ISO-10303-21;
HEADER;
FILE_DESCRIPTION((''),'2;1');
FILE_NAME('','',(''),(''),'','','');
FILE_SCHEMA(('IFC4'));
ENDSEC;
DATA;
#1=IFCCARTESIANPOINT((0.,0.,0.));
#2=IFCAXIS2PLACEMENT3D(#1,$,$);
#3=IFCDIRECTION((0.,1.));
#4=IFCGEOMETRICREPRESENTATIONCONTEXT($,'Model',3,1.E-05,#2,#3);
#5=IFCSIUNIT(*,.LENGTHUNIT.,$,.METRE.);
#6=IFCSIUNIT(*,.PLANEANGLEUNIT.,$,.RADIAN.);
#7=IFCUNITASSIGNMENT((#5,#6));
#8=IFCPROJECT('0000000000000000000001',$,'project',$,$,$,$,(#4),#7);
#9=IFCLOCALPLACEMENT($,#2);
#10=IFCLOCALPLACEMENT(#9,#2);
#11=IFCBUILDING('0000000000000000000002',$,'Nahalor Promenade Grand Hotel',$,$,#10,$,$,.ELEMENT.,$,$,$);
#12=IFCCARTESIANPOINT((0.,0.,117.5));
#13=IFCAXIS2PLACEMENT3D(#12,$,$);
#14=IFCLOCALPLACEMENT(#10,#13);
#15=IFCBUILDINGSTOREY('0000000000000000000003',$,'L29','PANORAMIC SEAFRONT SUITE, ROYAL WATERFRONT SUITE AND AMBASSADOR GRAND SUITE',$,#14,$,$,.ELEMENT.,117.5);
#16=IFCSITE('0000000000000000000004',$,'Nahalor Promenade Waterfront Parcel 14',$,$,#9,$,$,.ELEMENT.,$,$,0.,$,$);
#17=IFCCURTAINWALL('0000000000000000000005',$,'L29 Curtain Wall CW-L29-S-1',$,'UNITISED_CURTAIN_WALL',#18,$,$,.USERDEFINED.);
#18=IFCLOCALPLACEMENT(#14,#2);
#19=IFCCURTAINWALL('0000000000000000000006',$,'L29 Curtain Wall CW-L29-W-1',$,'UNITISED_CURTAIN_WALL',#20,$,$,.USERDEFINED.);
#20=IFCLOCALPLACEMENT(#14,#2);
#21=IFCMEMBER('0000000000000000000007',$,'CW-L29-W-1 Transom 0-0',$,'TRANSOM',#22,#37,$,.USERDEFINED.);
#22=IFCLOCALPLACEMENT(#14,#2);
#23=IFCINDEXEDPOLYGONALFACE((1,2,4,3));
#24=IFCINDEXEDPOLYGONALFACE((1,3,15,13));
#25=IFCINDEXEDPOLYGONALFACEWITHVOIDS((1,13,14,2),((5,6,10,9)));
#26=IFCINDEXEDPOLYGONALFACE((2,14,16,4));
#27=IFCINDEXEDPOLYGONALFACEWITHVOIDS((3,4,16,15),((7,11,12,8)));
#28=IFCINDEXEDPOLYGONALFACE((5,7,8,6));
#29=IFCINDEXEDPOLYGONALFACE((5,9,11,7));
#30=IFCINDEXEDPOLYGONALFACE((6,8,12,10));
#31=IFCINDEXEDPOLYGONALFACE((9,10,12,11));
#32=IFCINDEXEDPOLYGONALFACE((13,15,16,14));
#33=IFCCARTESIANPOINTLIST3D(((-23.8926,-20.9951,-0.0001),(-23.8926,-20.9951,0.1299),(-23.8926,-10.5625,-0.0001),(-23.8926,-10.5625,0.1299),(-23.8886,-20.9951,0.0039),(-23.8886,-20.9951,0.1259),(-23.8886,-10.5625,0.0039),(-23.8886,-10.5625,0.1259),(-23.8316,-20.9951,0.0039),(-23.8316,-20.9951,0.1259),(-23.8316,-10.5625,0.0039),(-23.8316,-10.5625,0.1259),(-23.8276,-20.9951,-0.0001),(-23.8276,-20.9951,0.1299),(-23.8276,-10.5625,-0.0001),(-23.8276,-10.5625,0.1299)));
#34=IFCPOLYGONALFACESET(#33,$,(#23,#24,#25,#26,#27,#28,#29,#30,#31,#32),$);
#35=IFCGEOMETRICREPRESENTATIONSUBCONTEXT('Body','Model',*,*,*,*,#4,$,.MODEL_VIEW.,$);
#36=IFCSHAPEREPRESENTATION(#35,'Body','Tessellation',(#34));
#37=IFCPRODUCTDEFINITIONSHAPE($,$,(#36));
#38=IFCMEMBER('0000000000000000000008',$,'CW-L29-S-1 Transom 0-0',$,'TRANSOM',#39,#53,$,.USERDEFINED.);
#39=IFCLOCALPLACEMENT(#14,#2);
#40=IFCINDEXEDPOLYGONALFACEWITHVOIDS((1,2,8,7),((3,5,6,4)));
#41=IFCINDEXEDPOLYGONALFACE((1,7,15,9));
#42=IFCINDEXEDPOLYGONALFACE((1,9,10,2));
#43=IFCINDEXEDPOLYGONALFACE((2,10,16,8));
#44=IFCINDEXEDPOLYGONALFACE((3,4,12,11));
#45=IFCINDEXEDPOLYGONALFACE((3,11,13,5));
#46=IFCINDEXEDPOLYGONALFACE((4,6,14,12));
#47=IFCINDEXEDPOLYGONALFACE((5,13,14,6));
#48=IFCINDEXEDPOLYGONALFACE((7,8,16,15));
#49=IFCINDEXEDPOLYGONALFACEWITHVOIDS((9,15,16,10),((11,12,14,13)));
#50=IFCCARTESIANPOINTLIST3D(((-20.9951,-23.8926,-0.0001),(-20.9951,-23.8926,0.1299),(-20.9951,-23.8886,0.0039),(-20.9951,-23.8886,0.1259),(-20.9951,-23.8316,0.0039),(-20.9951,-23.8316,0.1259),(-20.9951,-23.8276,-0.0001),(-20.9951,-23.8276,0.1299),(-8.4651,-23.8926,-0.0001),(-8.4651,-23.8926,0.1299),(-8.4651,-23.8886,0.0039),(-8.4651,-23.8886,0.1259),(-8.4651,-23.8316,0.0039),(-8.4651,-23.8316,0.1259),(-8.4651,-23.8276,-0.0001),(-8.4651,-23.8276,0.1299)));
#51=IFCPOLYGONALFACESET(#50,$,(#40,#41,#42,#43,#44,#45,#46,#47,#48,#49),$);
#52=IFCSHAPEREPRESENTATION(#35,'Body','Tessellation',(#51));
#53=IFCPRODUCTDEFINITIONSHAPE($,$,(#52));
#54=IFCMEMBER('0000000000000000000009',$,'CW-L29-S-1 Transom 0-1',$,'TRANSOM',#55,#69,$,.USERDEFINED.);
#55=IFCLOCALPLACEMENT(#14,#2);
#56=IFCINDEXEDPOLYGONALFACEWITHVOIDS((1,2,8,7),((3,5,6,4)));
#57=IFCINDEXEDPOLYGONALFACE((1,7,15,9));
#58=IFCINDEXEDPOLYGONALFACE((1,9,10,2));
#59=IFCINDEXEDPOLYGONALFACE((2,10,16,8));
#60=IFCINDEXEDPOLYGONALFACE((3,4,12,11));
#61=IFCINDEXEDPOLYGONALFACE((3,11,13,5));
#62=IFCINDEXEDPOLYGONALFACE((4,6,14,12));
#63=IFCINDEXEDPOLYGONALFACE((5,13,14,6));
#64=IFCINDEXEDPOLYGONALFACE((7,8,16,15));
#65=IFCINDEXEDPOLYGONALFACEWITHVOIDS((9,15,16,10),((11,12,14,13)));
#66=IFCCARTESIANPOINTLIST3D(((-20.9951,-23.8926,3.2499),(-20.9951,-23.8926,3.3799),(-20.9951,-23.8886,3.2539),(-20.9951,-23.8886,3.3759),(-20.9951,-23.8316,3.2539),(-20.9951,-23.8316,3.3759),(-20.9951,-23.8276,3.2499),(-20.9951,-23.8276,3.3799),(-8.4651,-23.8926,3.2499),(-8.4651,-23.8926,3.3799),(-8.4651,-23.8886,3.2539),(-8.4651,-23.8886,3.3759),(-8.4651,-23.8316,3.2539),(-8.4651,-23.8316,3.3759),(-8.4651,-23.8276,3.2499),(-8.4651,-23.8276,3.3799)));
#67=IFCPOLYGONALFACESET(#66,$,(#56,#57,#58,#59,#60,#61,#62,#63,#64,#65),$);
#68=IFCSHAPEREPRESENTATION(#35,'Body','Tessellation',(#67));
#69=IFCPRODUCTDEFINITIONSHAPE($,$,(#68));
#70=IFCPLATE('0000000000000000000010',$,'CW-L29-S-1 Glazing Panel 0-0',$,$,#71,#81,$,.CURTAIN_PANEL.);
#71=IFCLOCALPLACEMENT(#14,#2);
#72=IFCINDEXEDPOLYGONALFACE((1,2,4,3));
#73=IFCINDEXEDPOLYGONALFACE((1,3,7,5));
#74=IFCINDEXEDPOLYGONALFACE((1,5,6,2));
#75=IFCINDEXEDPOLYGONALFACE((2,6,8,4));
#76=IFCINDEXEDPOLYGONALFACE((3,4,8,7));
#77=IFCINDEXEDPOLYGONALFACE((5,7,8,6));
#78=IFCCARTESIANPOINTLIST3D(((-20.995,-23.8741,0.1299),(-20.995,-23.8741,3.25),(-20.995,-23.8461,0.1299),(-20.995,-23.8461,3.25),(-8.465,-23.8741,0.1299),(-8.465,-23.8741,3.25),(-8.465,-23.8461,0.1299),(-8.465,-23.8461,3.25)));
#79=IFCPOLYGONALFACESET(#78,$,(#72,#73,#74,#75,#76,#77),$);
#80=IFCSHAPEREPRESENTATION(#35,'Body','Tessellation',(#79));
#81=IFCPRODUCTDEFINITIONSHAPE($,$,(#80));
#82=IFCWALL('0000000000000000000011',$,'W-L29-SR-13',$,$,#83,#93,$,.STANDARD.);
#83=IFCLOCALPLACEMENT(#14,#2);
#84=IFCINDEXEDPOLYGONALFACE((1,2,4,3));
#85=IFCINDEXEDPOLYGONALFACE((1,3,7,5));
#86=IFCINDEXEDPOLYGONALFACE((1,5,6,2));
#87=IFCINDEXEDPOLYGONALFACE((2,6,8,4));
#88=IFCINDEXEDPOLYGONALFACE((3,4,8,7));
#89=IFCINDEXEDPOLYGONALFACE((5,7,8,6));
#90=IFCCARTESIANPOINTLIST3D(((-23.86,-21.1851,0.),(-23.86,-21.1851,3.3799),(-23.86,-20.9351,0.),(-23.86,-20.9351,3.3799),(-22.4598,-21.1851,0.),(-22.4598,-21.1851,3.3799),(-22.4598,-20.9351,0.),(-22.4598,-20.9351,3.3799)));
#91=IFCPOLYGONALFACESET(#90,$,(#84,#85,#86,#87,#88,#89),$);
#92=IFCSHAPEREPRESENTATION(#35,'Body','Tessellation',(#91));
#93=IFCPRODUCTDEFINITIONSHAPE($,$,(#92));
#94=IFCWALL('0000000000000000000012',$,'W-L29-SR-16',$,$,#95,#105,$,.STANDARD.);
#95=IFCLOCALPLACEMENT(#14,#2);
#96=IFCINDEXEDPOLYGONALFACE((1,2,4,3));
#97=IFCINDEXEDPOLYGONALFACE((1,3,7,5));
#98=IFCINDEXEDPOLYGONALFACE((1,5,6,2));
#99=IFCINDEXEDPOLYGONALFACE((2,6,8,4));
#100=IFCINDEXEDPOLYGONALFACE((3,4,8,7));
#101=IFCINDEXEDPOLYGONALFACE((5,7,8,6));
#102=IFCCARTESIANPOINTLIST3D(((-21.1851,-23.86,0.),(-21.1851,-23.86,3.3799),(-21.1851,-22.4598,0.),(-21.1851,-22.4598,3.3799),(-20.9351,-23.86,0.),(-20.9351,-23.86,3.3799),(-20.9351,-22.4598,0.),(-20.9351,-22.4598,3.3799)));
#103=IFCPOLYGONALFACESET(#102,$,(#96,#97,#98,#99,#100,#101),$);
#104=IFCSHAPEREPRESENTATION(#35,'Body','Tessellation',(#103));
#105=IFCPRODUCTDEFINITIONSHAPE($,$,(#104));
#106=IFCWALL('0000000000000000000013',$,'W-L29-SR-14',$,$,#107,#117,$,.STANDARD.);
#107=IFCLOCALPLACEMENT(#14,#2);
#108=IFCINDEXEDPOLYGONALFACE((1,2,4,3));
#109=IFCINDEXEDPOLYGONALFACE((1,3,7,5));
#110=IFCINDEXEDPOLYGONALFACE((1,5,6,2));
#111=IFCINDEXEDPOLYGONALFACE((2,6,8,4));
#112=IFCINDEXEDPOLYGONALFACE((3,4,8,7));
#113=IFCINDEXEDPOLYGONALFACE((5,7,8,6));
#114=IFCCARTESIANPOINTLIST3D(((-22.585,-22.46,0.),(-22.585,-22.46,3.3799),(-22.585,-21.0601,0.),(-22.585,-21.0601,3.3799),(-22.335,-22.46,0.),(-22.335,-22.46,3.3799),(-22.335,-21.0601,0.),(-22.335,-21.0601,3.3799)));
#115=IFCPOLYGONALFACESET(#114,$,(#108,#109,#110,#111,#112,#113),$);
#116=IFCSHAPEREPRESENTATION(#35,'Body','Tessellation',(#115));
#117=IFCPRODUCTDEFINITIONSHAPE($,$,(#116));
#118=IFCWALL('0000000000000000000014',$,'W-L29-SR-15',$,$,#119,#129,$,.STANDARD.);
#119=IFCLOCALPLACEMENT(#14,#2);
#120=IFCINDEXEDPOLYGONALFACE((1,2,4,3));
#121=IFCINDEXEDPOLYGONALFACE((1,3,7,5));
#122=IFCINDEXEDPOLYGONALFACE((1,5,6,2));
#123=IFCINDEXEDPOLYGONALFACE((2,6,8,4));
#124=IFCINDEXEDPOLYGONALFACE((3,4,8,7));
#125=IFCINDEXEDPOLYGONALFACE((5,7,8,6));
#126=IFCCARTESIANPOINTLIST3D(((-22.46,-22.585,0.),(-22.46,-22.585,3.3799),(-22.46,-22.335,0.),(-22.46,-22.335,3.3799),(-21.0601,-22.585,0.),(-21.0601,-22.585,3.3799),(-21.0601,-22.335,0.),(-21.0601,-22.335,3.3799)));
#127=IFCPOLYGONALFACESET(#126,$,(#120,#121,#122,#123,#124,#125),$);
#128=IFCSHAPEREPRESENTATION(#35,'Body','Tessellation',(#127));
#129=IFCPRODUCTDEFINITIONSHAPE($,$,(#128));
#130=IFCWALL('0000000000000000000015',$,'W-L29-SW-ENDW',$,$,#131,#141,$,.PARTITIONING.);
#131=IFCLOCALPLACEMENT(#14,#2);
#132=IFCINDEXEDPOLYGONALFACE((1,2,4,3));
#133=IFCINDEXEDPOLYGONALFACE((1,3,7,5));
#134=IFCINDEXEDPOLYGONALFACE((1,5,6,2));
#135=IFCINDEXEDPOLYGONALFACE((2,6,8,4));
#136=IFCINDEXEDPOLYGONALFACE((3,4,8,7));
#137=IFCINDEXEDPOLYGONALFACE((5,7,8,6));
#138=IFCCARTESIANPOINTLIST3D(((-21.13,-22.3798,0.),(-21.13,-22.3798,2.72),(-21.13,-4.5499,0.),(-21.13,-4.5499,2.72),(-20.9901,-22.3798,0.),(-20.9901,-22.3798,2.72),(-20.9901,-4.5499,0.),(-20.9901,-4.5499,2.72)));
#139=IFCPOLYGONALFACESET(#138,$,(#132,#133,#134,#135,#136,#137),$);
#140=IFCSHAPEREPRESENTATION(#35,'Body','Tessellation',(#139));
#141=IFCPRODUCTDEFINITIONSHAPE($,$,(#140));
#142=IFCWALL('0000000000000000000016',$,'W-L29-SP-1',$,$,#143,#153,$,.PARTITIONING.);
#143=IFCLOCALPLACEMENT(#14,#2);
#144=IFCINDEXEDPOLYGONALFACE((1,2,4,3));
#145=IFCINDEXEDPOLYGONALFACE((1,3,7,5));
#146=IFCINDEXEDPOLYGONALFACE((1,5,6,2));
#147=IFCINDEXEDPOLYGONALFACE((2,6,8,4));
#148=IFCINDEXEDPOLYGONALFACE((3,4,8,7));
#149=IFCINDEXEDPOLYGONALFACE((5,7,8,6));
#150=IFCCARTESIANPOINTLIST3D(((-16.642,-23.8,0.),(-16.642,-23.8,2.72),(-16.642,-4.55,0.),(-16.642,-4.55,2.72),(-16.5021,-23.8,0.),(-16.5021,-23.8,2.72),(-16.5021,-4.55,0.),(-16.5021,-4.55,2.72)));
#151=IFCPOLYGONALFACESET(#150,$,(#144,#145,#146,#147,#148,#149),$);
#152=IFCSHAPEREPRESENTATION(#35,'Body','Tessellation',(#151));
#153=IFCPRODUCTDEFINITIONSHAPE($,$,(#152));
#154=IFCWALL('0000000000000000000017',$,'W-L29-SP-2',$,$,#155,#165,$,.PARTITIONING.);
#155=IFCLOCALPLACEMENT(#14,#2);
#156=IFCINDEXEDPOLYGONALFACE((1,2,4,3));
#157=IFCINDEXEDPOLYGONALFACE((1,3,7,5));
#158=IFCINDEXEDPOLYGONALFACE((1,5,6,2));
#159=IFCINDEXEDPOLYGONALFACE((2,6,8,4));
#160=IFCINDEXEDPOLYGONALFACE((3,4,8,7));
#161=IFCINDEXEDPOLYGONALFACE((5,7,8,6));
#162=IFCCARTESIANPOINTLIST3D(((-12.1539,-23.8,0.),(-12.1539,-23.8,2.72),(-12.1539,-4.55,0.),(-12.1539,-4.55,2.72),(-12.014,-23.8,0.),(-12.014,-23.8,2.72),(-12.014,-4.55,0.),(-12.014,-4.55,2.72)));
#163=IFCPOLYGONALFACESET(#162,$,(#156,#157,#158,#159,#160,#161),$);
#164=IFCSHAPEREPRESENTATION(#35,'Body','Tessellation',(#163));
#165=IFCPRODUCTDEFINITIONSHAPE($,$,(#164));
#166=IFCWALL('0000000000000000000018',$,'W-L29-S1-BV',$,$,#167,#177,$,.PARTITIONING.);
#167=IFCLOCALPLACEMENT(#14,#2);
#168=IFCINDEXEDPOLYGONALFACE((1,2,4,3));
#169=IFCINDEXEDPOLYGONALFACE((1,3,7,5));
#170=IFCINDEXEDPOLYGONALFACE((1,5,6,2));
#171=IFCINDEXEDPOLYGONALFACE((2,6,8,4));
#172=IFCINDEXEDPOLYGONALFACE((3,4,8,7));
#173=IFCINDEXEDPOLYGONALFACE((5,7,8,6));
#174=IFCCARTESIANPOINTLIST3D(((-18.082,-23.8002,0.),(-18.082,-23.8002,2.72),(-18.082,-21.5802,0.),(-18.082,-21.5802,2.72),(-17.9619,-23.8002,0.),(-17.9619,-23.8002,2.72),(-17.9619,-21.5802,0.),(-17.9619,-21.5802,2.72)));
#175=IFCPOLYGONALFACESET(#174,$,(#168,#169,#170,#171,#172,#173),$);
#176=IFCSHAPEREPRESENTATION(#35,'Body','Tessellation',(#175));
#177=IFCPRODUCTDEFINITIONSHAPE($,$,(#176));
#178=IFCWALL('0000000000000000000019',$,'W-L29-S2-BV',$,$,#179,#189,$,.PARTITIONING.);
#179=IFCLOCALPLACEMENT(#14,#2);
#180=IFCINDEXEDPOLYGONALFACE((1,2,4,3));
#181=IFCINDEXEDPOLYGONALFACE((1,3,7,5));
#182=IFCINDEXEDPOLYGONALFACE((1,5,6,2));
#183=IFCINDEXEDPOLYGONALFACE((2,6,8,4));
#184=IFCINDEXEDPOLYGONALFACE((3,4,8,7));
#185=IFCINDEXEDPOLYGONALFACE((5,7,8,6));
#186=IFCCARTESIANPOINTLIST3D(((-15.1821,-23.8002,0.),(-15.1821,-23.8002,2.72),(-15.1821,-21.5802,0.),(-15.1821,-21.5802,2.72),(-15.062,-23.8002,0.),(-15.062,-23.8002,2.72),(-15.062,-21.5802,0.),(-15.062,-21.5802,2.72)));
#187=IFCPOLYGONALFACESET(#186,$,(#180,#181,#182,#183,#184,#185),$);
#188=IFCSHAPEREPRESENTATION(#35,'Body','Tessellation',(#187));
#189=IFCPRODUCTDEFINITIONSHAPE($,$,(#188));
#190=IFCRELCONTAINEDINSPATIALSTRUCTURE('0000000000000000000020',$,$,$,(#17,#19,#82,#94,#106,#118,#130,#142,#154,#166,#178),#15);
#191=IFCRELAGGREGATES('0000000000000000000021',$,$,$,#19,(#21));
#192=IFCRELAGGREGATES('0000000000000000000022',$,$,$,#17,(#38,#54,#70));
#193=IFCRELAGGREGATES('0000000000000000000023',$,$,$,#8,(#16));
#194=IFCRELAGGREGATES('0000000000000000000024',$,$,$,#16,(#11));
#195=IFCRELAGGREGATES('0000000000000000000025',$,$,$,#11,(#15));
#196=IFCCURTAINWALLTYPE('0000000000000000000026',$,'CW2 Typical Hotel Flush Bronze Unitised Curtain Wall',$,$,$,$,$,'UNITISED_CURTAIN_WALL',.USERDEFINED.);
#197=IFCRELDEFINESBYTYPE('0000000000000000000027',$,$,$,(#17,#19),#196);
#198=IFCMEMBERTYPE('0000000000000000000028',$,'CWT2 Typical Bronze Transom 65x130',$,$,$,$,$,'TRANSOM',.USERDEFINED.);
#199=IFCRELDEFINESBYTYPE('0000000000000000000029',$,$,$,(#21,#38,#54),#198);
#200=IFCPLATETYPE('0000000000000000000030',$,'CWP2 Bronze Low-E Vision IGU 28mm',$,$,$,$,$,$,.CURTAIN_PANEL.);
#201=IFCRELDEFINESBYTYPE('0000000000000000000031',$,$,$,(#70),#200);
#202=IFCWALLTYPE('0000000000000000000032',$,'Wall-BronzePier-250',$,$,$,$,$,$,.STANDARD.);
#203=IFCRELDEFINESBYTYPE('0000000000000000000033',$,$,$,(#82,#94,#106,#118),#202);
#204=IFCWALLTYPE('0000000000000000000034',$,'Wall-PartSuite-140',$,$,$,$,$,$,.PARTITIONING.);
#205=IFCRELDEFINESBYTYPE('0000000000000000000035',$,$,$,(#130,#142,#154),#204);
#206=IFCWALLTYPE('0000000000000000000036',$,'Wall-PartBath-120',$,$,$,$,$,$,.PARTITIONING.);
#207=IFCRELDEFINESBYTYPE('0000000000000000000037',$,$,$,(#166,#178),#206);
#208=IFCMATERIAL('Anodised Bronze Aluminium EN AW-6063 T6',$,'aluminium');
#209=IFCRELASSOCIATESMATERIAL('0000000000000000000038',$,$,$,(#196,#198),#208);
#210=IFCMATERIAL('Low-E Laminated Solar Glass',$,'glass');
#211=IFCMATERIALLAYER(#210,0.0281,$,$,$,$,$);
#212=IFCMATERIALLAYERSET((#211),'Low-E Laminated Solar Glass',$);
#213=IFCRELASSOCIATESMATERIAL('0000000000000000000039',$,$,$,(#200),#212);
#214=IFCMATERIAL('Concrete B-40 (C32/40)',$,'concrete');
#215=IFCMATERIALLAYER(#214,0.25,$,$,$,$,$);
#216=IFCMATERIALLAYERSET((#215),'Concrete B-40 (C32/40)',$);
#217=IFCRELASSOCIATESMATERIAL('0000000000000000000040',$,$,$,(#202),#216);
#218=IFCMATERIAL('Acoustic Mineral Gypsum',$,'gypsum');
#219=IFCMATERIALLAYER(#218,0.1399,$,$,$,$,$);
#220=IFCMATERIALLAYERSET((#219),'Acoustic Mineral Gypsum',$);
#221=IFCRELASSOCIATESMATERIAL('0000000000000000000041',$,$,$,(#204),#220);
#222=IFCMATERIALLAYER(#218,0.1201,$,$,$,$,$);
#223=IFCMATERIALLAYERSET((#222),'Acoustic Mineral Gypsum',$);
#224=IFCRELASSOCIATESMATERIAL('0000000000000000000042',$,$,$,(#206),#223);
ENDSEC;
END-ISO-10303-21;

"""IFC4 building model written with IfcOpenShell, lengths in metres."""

from ifc_helpers import new_model, si_unit, direction, frame, frame_2d, origin, origin_2d, place, context, subcontext, project, spatial, rectangle, hollow_rectangle, extrude, source, transform, mapped, material, layer, layer_set, material_profile, profile_set, type_object, element, aggregate, save


model = new_model("IFC4")

# Units and contexts
model_context = context("Model", 3, precision=1e-05, world=origin(), true_north=direction((0.0, 1.0)))
body_context = subcontext(model_context, "Body", "Model", "MODEL_VIEW")
ifc_project = project(units=[si_unit("LENGTHUNIT", "METRE"), si_unit("PLANEANGLEUNIT", "RADIAN")], contexts=[model_context])

# Site, building, storey
site_placement = place(None, origin())
site = spatial("IfcSite", under=ifc_project, at=site_placement, Name="Nahalor Promenade Waterfront Parcel 14", CompositionType="ELEMENT", RefElevation=0.0)
building_placement = place(site_placement, origin())
building = spatial("IfcBuilding", under=site, at=building_placement, Name="Nahalor Promenade Grand Hotel", CompositionType="ELEMENT")
storey_placement = place(building_placement, frame((0.0, 0.0, 117.5)))
storey = spatial("IfcBuildingStorey", under=building, at=storey_placement, Name="L29", Description="PANORAMIC SEAFRONT SUITE, ROYAL WATERFRONT SUITE AND AMBASSADOR GRAND SUITE", CompositionType="ELEMENT", Elevation=117.5)

# Curtain walls, member
ifc_material_1 = material(Name="Anodised Bronze Aluminium EN AW-6063 T6", Category="aluminium")
curtain_wall_type = type_object("IfcCurtainWallType", Name="CW2 Typical Hotel Flush Bronze Unitised Curtain Wall", ElementType="UNITISED_CURTAIN_WALL", PredefinedType="USERDEFINED", material=ifc_material_1)
curtain_wall_1_placement = place(storey_placement, origin())
curtain_wall_1 = element("IfcCurtainWall", 1, at=curtain_wall_1_placement, inside=storey, type_object=curtain_wall_type, Name="L29 Curtain Wall CW-L29-S-1", ObjectType="UNITISED_CURTAIN_WALL", PredefinedType="USERDEFINED")
curtain_wall_2_placement = place(storey_placement, origin())
curtain_wall_2 = element("IfcCurtainWall", 2, at=curtain_wall_2_placement, inside=storey, type_object=curtain_wall_type, Name="L29 Curtain Wall CW-L29-W-1", ObjectType="UNITISED_CURTAIN_WALL", PredefinedType="USERDEFINED")
ifc_material_profile_1 = material_profile(ifc_material_1, hollow_rectangle(XDim=0.065, YDim=0.13, WallThickness=0.004, at=origin_2d()), Name="CWT 65x130x4")
ifc_profile_set_1 = profile_set([ifc_material_profile_1], Name="Anodised Bronze Aluminium EN AW-6063 T6")
member_type_1 = type_object("IfcMemberType", Name="CWT2 Typical Bronze Transom 65x130", ElementType="TRANSOM", PredefinedType="USERDEFINED", material=ifc_profile_set_1)
shared_shape_1 = source(origin(), body_context, "Body", "SweptSolid", [
    extrude(hollow_rectangle(XDim=0.065, YDim=0.13, WallThickness=0.004, at=origin_2d()), origin(), (0.0, 0.0, 1.0), 10.4326),
])
member_1_placement = place(storey_placement, frame((-23.8601, -20.9951, 0.0649), z_axis=(0.0, 1.0, 0.0), x_axis=(-1.0, 0.0, 0.0)))
member_1 = element("IfcMember", 3, at=member_1_placement, type_object=member_type_1, Name="CW-L29-W-1 Transom 0-0", ObjectType="TRANSOM", PredefinedType="USERDEFINED", context=body_context, shape_type="MappedRepresentation", body=[
    mapped(shared_shape_1, transform((0.0, 0.0, 0.0), scale=1.0)),
])
aggregate(curtain_wall_2, [member_1])

# Members
shared_shape_2 = source(origin(), body_context, "Body", "SweptSolid", [
    extrude(hollow_rectangle(XDim=0.065, YDim=0.13, WallThickness=0.004, at=origin_2d()), origin(), (0.0, 0.0, 1.0), 12.53),
])
member_2_placement = place(storey_placement, frame((-20.9951, -23.8601, 0.0649), z_axis=(1.0, 0.0, 0.0), x_axis=(0.0, 1.0, 0.0)))
member_2 = element("IfcMember", 4, at=member_2_placement, type_object=member_type_1, Name="CW-L29-S-1 Transom 0-0", ObjectType="TRANSOM", PredefinedType="USERDEFINED", context=body_context, shape_type="MappedRepresentation", body=[
    mapped(shared_shape_2, transform((0.0, 0.0, 0.0), scale=1.0)),
])
member_3_placement = place(storey_placement, frame((-20.9951, -23.8601, 3.3149), z_axis=(1.0, 0.0, 0.0), x_axis=(0.0, 1.0, 0.0)))
member_3 = element("IfcMember", 5, at=member_3_placement, type_object=member_type_1, Name="CW-L29-S-1 Transom 0-1", ObjectType="TRANSOM", PredefinedType="USERDEFINED", context=body_context, shape_type="MappedRepresentation", body=[
    mapped(shared_shape_2, transform((0.0, 0.0, 0.0), scale=1.0)),
])

# Plate
ifc_material_2 = material(Name="Low-E Laminated Solar Glass", Category="glass")
ifc_layer_1 = layer(ifc_material_2, 0.0281)
ifc_layer_set_1 = layer_set([ifc_layer_1], Name="Low-E Laminated Solar Glass")
plate_type = type_object("IfcPlateType", Name="CWP2 Bronze Low-E Vision IGU 28mm", PredefinedType="CURTAIN_PANEL", material=ifc_layer_set_1)
shared_shape_3 = source(origin(), body_context, "Body", "SweptSolid", [
    extrude(rectangle(XDim=12.53, YDim=0.0281, at=origin_2d()), origin(), (0.0, 0.0, 1.0), 3.1201),
])
plate_placement = place(storey_placement, frame((-14.73, -23.8601, 0.1299), z_axis=(0.0, 0.0, 1.0), x_axis=(1.0, 0.0, 0.0)))
plate = element("IfcPlate", 6, at=plate_placement, type_object=plate_type, Name="CW-L29-S-1 Glazing Panel 0-0", PredefinedType="CURTAIN_PANEL", context=body_context, shape_type="MappedRepresentation", body=[
    mapped(shared_shape_3, transform((0.0, 0.0, 0.0), scale=1.0)),
])
aggregate(curtain_wall_1, [member_2, member_3, plate])

# Walls
ifc_material_3 = material(Name="Concrete B-40 (C32/40)", Category="concrete")
ifc_layer_2 = layer(ifc_material_3, 0.25)
ifc_layer_set_2 = layer_set([ifc_layer_2], Name="Concrete B-40 (C32/40)")
wall_type_1 = type_object("IfcWallType", Name="Wall-BronzePier-250", PredefinedType="STANDARD", material=ifc_layer_set_2)
shared_shape_4 = source(origin(), body_context, "Body", "SweptSolid", [
    extrude(rectangle(XDim=1.4001, YDim=0.25, at=frame_2d((0.7002, 0.0))), origin(), (0.0, 0.0, 1.0), 3.3799),
])
for number, where, z_axis, x_axis, name in (
    (7, (-23.8601, -21.0601, 0.0), (0.0, 0.0, 1.0), (1.0, 0.0, 0.0), "W-L29-SR-13"),
    (8, (-21.0601, -23.8601, 0.0), (0.0, 0.0, 1.0), (0.0, 1.0, 0.0), "W-L29-SR-16"),
):
    element("IfcWall", number, at=place(storey_placement, frame(where, z_axis=z_axis, x_axis=x_axis)), inside=storey, type_object=wall_type_1, Name=name, PredefinedType="STANDARD", context=body_context, shape_type="MappedRepresentation", body=[
        mapped(shared_shape_4, transform((0.0, 0.0, 0.0), scale=1.0)),
    ])
shared_shape_5 = source(origin(), body_context, "Body", "SweptSolid", [
    extrude(rectangle(XDim=1.3999, YDim=0.25, at=frame_2d((0.7, 0.0))), origin(), (0.0, 0.0, 1.0), 3.3799),
])
for number, where, z_axis, x_axis, name in (
    (9, (-22.46, -22.46, 0.0), (0.0, 0.0, 1.0), (0.0, 1.0, 0.0), "W-L29-SR-14"),
    (10, (-22.46, -22.46, 0.0), (0.0, 0.0, 1.0), (1.0, 0.0, 0.0), "W-L29-SR-15"),
):
    element("IfcWall", number, at=place(storey_placement, frame(where, z_axis=z_axis, x_axis=x_axis)), inside=storey, type_object=wall_type_1, Name=name, PredefinedType="STANDARD", context=body_context, shape_type="MappedRepresentation", body=[
        mapped(shared_shape_5, transform((0.0, 0.0, 0.0), scale=1.0)),
    ])
ifc_material_4 = material(Name="Acoustic Mineral Gypsum", Category="gypsum")
ifc_layer_3 = layer(ifc_material_4, 0.1399)
ifc_layer_set_3 = layer_set([ifc_layer_3], Name="Acoustic Mineral Gypsum")
wall_type_2 = type_object("IfcWallType", Name="Wall-PartSuite-140", PredefinedType="PARTITIONING", material=ifc_layer_set_3)
shared_shape_6 = source(origin(), body_context, "Body", "SweptSolid", [
    extrude(rectangle(XDim=17.8298, YDim=0.1399, at=frame_2d((8.915, 0.0))), origin(), (0.0, 0.0, 1.0), 2.72),
])
wall_1_placement = place(storey_placement, frame((-21.0601, -22.3799, 0.0), z_axis=(0.0, 0.0, 1.0), x_axis=(0.0, 1.0, 0.0)))
element("IfcWall", 11, at=wall_1_placement, inside=storey, type_object=wall_type_2, Name="W-L29-SW-ENDW", PredefinedType="PARTITIONING", context=body_context, shape_type="MappedRepresentation", body=[
    mapped(shared_shape_6, transform((0.0, 0.0, 0.0), scale=1.0)),
])
shared_shape_7 = source(origin(), body_context, "Body", "SweptSolid", [
    extrude(rectangle(XDim=19.25, YDim=0.1399, at=frame_2d((9.625, 0.0))), origin(), (0.0, 0.0, 1.0), 2.72),
])
for number, where, z_axis, x_axis, name in (
    (12, (-16.572, -23.8, 0.0), (0.0, 0.0, 1.0), (0.0, 1.0, 0.0), "W-L29-SP-1"),
    (13, (-12.084, -23.8, 0.0), (0.0, 0.0, 1.0), (0.0, 1.0, 0.0), "W-L29-SP-2"),
):
    element("IfcWall", number, at=place(storey_placement, frame(where, z_axis=z_axis, x_axis=x_axis)), inside=storey, type_object=wall_type_2, Name=name, PredefinedType="PARTITIONING", context=body_context, shape_type="MappedRepresentation", body=[
        mapped(shared_shape_7, transform((0.0, 0.0, 0.0), scale=1.0)),
    ])
ifc_layer_4 = layer(ifc_material_4, 0.1201)
ifc_layer_set_4 = layer_set([ifc_layer_4], Name="Acoustic Mineral Gypsum")
wall_type_3 = type_object("IfcWallType", Name="Wall-PartBath-120", PredefinedType="PARTITIONING", material=ifc_layer_set_4)
shared_shape_8 = source(origin(), body_context, "Body", "SweptSolid", [
    extrude(rectangle(XDim=2.22, YDim=0.1201, at=frame_2d((1.1099, 0.0))), origin(), (0.0, 0.0, 1.0), 2.72),
])
for number, where, z_axis, x_axis, name in (
    (14, (-18.022, -23.8, 0.0), (0.0, 0.0, 1.0), (0.0, 1.0, 0.0), "W-L29-S1-BV"),
    (15, (-15.1221, -23.8, 0.0), (0.0, 0.0, 1.0), (0.0, 1.0, 0.0), "W-L29-S2-BV"),
):
    element("IfcWall", number, at=place(storey_placement, frame(where, z_axis=z_axis, x_axis=x_axis)), inside=storey, type_object=wall_type_3, Name=name, PredefinedType="PARTITIONING", context=body_context, shape_type="MappedRepresentation", body=[
        mapped(shared_shape_8, transform((0.0, 0.0, 0.0), scale=1.0)),
    ])

save(model, "model.ifc")
